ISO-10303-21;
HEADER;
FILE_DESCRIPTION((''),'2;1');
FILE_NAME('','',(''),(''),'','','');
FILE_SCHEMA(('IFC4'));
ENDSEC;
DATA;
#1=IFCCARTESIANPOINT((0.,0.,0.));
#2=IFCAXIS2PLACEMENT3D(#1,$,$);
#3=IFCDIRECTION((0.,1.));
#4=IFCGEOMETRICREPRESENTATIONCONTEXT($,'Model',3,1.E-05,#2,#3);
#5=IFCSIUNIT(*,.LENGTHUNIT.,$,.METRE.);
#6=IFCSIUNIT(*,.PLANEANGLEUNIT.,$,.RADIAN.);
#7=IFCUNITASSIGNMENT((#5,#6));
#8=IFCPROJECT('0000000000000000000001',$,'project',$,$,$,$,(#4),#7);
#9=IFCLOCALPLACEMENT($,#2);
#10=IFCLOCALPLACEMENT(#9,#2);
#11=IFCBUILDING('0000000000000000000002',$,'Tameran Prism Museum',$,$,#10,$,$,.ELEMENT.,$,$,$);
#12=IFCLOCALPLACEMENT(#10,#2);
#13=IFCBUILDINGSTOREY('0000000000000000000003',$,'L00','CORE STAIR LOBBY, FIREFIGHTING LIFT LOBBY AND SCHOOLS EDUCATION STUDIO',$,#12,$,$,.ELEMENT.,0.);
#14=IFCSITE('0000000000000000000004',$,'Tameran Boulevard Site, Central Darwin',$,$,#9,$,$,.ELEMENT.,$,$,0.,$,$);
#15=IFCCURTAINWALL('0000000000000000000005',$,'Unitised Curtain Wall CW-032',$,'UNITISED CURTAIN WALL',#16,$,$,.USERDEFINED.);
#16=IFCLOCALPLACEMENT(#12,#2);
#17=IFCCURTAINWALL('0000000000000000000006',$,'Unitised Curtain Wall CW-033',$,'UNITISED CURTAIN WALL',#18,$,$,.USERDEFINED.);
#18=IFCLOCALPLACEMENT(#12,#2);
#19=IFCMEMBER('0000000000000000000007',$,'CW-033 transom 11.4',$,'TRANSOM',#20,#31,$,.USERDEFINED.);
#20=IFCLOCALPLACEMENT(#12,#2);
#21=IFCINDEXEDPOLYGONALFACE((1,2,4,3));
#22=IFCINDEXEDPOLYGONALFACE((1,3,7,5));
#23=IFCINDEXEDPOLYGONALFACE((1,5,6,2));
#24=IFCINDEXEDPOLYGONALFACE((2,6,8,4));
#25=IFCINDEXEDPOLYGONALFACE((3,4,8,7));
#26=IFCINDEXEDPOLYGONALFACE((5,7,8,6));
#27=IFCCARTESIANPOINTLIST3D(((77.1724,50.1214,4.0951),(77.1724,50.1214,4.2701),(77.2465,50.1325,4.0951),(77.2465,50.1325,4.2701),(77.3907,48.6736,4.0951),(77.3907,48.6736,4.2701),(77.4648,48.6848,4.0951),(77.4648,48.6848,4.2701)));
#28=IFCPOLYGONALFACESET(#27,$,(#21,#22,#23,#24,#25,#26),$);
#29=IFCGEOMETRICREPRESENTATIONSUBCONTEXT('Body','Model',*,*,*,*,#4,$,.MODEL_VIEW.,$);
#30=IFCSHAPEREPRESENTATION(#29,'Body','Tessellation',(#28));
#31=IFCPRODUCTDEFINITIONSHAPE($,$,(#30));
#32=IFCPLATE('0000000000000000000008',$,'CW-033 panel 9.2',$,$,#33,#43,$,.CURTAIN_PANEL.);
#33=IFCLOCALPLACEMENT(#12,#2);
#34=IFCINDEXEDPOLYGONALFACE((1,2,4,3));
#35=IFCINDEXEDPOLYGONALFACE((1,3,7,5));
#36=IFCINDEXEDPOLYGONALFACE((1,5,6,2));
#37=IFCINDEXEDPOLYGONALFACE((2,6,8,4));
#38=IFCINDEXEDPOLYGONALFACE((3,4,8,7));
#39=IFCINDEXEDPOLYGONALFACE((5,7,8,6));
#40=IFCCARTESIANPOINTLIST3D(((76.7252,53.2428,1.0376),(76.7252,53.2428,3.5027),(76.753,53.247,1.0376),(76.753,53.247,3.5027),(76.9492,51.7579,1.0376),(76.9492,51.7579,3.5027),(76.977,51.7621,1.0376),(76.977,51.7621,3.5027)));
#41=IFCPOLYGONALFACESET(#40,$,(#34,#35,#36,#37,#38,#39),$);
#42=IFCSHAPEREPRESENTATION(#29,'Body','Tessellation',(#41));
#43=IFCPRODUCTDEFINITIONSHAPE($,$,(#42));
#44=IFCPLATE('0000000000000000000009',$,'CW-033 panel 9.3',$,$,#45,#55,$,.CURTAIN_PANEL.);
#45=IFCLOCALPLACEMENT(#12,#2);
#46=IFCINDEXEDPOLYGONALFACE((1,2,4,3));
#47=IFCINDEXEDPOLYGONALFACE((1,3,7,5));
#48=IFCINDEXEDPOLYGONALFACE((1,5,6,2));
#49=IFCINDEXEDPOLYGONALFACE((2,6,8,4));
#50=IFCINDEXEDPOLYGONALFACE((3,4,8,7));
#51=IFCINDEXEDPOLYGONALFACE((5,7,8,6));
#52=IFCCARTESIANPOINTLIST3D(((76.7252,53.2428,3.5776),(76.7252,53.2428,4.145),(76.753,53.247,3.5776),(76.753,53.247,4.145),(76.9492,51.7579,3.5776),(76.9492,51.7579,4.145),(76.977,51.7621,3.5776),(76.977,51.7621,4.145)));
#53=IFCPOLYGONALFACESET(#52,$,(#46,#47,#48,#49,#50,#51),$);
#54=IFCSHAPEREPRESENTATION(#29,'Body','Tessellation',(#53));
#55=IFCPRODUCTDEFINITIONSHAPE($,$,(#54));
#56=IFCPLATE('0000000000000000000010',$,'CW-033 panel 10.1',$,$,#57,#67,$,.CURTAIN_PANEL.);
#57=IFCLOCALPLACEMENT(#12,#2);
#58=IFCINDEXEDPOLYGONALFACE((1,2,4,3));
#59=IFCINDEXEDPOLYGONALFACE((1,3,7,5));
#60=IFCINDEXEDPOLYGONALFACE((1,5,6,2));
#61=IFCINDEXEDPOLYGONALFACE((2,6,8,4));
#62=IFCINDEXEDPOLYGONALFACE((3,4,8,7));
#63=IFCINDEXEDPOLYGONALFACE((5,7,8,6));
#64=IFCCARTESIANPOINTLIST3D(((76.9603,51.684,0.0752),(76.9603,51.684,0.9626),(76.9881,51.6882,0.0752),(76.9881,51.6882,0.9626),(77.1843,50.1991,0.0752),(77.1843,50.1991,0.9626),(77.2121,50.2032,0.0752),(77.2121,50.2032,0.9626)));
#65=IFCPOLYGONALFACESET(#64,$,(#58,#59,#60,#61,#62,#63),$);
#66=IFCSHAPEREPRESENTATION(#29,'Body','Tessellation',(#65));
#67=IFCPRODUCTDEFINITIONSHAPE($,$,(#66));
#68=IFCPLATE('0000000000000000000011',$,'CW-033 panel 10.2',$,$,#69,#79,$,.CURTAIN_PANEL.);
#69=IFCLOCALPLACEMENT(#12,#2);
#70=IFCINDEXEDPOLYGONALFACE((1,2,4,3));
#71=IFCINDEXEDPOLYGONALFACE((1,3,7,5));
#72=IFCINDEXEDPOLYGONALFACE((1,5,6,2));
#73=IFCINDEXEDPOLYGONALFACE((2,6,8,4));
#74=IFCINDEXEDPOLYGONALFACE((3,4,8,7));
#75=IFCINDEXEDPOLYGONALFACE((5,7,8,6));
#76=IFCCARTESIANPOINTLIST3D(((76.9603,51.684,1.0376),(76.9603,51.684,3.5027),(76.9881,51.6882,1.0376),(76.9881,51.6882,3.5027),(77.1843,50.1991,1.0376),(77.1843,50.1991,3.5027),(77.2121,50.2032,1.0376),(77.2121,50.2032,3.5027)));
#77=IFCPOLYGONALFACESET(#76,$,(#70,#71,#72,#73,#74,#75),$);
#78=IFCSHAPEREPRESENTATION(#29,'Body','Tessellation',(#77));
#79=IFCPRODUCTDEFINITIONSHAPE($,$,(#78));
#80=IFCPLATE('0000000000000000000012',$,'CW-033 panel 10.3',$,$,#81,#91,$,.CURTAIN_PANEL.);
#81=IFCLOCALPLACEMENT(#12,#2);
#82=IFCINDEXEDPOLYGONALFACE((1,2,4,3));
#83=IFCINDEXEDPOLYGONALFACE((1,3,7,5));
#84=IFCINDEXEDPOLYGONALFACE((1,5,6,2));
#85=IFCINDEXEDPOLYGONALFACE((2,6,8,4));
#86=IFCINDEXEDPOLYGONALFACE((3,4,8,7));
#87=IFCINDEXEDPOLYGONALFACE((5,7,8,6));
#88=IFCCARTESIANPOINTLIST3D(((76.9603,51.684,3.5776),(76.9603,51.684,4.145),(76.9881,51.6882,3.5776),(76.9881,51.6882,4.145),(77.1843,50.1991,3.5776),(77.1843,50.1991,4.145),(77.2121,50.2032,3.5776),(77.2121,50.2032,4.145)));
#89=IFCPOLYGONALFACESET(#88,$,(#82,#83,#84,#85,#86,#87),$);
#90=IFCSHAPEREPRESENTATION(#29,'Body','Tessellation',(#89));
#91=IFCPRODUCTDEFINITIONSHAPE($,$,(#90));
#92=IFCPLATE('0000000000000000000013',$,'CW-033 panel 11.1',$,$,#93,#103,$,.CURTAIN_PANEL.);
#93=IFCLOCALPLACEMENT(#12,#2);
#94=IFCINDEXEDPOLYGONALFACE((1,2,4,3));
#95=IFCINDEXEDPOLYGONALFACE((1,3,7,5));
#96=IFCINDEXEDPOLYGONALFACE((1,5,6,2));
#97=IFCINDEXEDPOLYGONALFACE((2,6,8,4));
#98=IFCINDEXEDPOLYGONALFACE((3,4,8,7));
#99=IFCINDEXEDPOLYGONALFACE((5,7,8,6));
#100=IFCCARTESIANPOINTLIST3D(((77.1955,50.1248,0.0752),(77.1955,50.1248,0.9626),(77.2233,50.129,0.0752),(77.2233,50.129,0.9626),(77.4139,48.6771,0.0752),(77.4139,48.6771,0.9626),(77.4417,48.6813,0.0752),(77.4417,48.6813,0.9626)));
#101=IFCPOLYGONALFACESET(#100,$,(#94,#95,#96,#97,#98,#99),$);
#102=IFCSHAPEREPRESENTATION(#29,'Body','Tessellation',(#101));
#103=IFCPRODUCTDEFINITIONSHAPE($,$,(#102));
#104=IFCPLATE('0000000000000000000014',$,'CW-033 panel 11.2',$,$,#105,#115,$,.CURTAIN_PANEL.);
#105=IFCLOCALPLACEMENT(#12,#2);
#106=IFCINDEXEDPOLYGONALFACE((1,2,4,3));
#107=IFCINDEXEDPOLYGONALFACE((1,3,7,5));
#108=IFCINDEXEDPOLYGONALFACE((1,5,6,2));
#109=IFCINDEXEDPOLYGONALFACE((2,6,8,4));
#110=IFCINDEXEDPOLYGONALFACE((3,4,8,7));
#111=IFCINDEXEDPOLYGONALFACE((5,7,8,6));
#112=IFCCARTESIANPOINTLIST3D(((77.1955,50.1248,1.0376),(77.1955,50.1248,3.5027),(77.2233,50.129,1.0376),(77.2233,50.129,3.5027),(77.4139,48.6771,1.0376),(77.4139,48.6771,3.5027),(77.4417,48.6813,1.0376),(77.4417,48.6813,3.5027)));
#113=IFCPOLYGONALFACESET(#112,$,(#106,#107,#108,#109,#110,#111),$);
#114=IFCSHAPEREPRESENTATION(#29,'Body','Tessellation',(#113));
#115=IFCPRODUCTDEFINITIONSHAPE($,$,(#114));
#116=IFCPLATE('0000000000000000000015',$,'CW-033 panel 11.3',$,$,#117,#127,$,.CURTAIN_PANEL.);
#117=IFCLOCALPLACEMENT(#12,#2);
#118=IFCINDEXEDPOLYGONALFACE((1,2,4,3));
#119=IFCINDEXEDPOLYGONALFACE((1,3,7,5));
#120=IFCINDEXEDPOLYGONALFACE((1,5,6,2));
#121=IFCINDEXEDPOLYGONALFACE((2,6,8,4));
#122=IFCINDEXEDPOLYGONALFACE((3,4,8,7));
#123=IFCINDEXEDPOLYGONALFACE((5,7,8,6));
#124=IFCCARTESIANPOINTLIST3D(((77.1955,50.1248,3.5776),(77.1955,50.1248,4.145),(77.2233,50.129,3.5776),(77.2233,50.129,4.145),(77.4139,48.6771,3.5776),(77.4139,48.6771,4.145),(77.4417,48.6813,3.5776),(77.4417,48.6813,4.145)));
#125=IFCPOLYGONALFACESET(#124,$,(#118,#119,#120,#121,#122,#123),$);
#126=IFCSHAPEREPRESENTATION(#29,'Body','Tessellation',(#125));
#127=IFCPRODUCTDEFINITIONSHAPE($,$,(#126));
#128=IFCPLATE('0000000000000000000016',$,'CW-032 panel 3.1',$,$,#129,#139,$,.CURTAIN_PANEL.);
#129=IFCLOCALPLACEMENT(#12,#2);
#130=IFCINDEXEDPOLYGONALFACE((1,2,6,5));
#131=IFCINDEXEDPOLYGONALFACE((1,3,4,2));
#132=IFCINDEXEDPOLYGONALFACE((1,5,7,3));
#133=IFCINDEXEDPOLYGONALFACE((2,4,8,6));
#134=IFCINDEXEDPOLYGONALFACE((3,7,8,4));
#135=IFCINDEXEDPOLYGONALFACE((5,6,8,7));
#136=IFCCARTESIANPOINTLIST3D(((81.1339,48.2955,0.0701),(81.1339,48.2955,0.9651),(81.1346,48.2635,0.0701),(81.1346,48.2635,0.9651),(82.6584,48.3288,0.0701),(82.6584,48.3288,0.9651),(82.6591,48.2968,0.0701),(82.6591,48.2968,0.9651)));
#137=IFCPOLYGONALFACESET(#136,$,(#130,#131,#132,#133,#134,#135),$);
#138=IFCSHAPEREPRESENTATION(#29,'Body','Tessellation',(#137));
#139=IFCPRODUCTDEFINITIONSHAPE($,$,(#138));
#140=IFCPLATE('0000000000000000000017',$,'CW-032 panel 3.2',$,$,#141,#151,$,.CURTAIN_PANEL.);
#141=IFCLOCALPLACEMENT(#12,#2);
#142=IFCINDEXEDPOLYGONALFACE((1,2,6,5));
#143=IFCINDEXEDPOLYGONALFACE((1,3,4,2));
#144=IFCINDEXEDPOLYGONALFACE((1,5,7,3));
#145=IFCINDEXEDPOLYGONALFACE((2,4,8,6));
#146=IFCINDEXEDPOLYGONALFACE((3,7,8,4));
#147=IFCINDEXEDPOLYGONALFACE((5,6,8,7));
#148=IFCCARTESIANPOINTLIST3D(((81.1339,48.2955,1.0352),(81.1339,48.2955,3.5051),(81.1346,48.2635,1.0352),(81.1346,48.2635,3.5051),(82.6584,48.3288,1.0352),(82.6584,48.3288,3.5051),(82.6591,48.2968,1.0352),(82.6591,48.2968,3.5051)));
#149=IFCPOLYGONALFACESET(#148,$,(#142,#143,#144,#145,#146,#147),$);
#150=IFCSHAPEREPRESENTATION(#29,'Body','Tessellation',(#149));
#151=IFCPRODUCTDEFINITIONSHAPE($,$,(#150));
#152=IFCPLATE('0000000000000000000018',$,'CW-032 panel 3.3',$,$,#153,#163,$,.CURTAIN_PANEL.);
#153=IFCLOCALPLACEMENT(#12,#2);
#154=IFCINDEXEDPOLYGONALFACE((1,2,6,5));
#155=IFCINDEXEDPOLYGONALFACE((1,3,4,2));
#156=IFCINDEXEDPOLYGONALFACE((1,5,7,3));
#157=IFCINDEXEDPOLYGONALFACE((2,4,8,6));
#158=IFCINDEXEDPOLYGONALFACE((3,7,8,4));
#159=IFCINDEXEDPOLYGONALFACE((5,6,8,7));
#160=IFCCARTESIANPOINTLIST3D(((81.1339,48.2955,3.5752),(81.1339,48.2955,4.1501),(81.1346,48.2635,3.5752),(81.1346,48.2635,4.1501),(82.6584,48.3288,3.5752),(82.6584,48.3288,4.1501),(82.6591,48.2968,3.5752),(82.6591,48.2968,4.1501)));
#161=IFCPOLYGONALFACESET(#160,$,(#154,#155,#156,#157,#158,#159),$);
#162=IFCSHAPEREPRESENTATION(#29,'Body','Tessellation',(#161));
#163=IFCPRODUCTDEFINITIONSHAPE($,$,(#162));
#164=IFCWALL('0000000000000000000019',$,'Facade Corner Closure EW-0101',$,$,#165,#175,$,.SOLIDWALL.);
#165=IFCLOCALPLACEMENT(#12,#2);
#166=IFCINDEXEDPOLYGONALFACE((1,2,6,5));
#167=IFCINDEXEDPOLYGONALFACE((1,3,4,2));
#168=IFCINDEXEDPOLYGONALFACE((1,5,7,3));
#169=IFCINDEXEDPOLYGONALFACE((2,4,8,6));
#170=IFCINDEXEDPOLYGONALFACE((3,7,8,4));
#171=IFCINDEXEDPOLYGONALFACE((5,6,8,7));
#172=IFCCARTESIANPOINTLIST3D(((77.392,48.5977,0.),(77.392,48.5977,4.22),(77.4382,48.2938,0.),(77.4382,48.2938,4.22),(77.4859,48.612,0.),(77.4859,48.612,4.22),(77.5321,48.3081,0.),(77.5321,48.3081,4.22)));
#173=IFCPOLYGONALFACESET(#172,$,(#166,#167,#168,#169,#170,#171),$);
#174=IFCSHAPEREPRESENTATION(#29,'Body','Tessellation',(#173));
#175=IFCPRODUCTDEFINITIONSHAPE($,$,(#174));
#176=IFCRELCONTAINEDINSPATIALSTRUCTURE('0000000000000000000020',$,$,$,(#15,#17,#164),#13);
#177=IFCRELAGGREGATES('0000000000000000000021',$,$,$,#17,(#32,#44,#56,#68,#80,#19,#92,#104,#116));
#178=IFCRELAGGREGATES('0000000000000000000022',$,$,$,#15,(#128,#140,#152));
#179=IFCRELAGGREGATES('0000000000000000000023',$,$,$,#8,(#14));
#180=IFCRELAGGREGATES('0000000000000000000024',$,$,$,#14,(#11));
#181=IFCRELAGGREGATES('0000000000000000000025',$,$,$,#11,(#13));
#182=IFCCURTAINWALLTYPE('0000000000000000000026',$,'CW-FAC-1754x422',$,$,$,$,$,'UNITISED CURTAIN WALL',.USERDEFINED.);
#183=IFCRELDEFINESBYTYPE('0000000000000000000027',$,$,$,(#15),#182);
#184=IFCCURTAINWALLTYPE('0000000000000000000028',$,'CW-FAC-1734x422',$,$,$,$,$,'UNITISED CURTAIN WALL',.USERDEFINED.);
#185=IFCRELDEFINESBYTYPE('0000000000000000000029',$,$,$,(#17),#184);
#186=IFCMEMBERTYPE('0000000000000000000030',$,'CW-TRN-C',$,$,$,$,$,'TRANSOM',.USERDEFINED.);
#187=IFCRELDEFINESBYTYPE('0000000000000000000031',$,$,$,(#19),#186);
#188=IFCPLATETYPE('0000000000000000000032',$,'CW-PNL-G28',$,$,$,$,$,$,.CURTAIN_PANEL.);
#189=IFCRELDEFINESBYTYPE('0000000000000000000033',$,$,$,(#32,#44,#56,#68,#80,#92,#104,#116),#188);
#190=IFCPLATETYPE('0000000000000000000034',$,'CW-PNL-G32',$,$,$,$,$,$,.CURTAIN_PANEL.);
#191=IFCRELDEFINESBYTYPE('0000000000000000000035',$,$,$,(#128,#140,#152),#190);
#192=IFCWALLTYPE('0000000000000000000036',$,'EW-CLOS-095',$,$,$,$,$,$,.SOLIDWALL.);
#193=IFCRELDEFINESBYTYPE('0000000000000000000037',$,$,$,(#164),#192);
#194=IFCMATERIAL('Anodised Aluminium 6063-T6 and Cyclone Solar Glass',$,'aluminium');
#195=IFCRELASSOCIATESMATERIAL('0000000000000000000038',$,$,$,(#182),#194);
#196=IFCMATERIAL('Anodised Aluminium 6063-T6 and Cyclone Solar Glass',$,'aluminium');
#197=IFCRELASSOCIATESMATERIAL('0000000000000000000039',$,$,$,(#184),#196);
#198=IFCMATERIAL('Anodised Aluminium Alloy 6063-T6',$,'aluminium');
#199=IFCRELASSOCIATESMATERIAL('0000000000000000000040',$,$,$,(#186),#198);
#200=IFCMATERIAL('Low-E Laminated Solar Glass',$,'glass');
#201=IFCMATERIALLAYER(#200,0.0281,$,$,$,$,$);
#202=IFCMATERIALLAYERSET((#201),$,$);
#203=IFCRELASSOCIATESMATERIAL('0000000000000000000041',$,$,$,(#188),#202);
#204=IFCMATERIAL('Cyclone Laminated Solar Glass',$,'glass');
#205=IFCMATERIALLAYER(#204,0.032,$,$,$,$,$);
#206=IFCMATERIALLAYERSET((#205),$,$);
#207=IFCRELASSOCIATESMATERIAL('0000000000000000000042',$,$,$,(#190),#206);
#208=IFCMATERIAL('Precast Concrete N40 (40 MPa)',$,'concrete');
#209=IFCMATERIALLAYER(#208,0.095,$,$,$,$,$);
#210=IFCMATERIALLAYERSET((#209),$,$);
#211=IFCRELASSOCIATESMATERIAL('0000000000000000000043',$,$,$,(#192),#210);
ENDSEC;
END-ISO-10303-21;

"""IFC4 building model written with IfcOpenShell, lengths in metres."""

from ifc_helpers import new_model, si_unit, direction, frame, frame_2d, origin, origin_2d, place, context, subcontext, project, spatial, rectangle, extrude, material, layer, layer_set, material_profile, profile_set, type_object, element, aggregate, save


model = new_model("IFC4")

# Units and contexts
model_context = context("Model", 3, precision=1e-05, world=origin(), true_north=direction((0.0, 1.0)))
body_context = subcontext(model_context, "Body", "Model", "MODEL_VIEW")
ifc_project = project(units=[si_unit("LENGTHUNIT", "METRE"), si_unit("PLANEANGLEUNIT", "RADIAN")], contexts=[model_context])

# Site, building, storey
site_placement = place(None, origin())
site = spatial("IfcSite", under=ifc_project, at=site_placement, Name="Tameran Boulevard Site, Central Darwin", CompositionType="ELEMENT", RefElevation=0.0)
building_placement = place(site_placement, origin())
building = spatial("IfcBuilding", under=site, at=building_placement, Name="Tameran Prism Museum", CompositionType="ELEMENT")
storey_placement = place(building_placement, origin())
storey = spatial("IfcBuildingStorey", under=building, at=storey_placement, Name="L00", Description="CORE STAIR LOBBY, FIREFIGHTING LIFT LOBBY AND SCHOOLS EDUCATION STUDIO", CompositionType="ELEMENT", Elevation=0.0)

# Curtain wall
ifc_material_1 = material(Name="Anodised Aluminium 6063-T6 and Cyclone Solar Glass", Category="aluminium")
curtain_wall_type_1 = type_object("IfcCurtainWallType", Name="CW-FAC-1754x422", ElementType="UNITISED CURTAIN WALL", PredefinedType="USERDEFINED", material=ifc_material_1)
curtain_wall_1_placement = place(storey_placement, origin())
curtain_wall_1 = element("IfcCurtainWall", 1, at=curtain_wall_1_placement, inside=storey, type_object=curtain_wall_type_1, Name="Unitised Curtain Wall CW-032", ObjectType="UNITISED CURTAIN WALL", PredefinedType="USERDEFINED")

# Curtain wall
ifc_material_2 = material(Name="Anodised Aluminium 6063-T6 and Cyclone Solar Glass", Category="aluminium")
curtain_wall_type_2 = type_object("IfcCurtainWallType", Name="CW-FAC-1734x422", ElementType="UNITISED CURTAIN WALL", PredefinedType="USERDEFINED", material=ifc_material_2)
curtain_wall_2_placement = place(storey_placement, origin())
curtain_wall_2 = element("IfcCurtainWall", 2, at=curtain_wall_2_placement, inside=storey, type_object=curtain_wall_type_2, Name="Unitised Curtain Wall CW-033", ObjectType="UNITISED CURTAIN WALL", PredefinedType="USERDEFINED")

# Member
ifc_material_3 = material(Name="Anodised Aluminium Alloy 6063-T6", Category="aluminium")
ifc_material_profile_1 = material_profile(ifc_material_3, rectangle(XDim=0.075, YDim=0.175, at=origin_2d()))
ifc_profile_set_1 = profile_set([ifc_material_profile_1])
member_type_1 = type_object("IfcMemberType", Name="CW-TRN-C", ElementType="TRANSOM", PredefinedType="USERDEFINED", material=ifc_profile_set_1)
member_1_placement = place(storey_placement, frame((77.2095, 50.127, 4.1826), z_axis=(0.149074, -0.988826, 0.0), x_axis=(0.988826, 0.149074, 0.0)))
member_1 = element("IfcMember", 3, at=member_1_placement, type_object=member_type_1, Name="CW-033 transom 11.4", ObjectType="TRANSOM", PredefinedType="USERDEFINED", context=body_context, shape_type="SweptSolid", body=[
    extrude(rectangle(XDim=0.075, YDim=0.175, at=origin_2d()), origin(), (0.0, 0.0, 1.0), 1.4641),
])

# Plates
ifc_material_4 = material(Name="Low-E Laminated Solar Glass", Category="glass")
ifc_layer_1 = layer(ifc_material_4, 0.0281)
ifc_layer_set_1 = layer_set([ifc_layer_1])
plate_type_1 = type_object("IfcPlateType", Name="CW-PNL-G28", PredefinedType="CURTAIN_PANEL", material=ifc_layer_set_1)
plate_1_placement = place(storey_placement, frame((76.8511, 52.5024, 1.0376), z_axis=(0.0, 0.0, 1.0), x_axis=(0.149167, -0.988812, 0.0)))
plate_1 = element("IfcPlate", 4, at=plate_1_placement, type_object=plate_type_1, Name="CW-033 panel 9.2", PredefinedType="CURTAIN_PANEL", context=body_context, shape_type="SweptSolid", body=[
    extrude(rectangle(XDim=1.5017, YDim=0.0281, at=origin_2d()), origin(), (0.0, 0.0, 1.0), 2.4651),
])
plate_2_placement = place(storey_placement, frame((76.8511, 52.5024, 3.5776), z_axis=(0.0, 0.0, 1.0), x_axis=(0.149167, -0.988812, 0.0)))
plate_2 = element("IfcPlate", 5, at=plate_2_placement, type_object=plate_type_1, Name="CW-033 panel 9.3", PredefinedType="CURTAIN_PANEL", context=body_context, shape_type="SweptSolid", body=[
    extrude(rectangle(XDim=1.5017, YDim=0.0281, at=origin_2d()), origin(), (0.0, 0.0, 1.0), 0.5674),
])
plate_3_placement = place(storey_placement, frame((77.0862, 50.9436, 0.0752), z_axis=(0.0, 0.0, 1.0), x_axis=(0.149167, -0.988812, 0.0)))
plate_3 = element("IfcPlate", 6, at=plate_3_placement, type_object=plate_type_1, Name="CW-033 panel 10.1", PredefinedType="CURTAIN_PANEL", context=body_context, shape_type="SweptSolid", body=[
    extrude(rectangle(XDim=1.5017, YDim=0.0281, at=origin_2d()), origin(), (0.0, 0.0, 1.0), 0.8875),
])
plate_4_placement = place(storey_placement, frame((77.0862, 50.9436, 1.0376), z_axis=(0.0, 0.0, 1.0), x_axis=(0.149167, -0.988812, 0.0)))
plate_4 = element("IfcPlate", 7, at=plate_4_placement, type_object=plate_type_1, Name="CW-033 panel 10.2", PredefinedType="CURTAIN_PANEL", context=body_context, shape_type="SweptSolid", body=[
    extrude(rectangle(XDim=1.5017, YDim=0.0281, at=origin_2d()), origin(), (0.0, 0.0, 1.0), 2.4651),
])
plate_5_placement = place(storey_placement, frame((77.0862, 50.9436, 3.5776), z_axis=(0.0, 0.0, 1.0), x_axis=(0.149167, -0.988812, 0.0)))
plate_5 = element("IfcPlate", 8, at=plate_5_placement, type_object=plate_type_1, Name="CW-033 panel 10.3", PredefinedType="CURTAIN_PANEL", context=body_context, shape_type="SweptSolid", body=[
    extrude(rectangle(XDim=1.5017, YDim=0.0281, at=origin_2d()), origin(), (0.0, 0.0, 1.0), 0.5674),
])
plate_6_placement = place(storey_placement, frame((77.3186, 49.4031, 0.0752), z_axis=(0.0, 0.0, 1.0), x_axis=(0.149167, -0.988812, 0.0)))
plate_6 = element("IfcPlate", 9, at=plate_6_placement, type_object=plate_type_1, Name="CW-033 panel 11.1", PredefinedType="CURTAIN_PANEL", context=body_context, shape_type="SweptSolid", body=[
    extrude(rectangle(XDim=1.4641, YDim=0.0281, at=origin_2d()), origin(), (0.0, 0.0, 1.0), 0.8875),
])
plate_7_placement = place(storey_placement, frame((77.3186, 49.4031, 1.0376), z_axis=(0.0, 0.0, 1.0), x_axis=(0.149167, -0.988812, 0.0)))
plate_7 = element("IfcPlate", 10, at=plate_7_placement, type_object=plate_type_1, Name="CW-033 panel 11.2", PredefinedType="CURTAIN_PANEL", context=body_context, shape_type="SweptSolid", body=[
    extrude(rectangle(XDim=1.4641, YDim=0.0281, at=origin_2d()), origin(), (0.0, 0.0, 1.0), 2.4651),
])
plate_8_placement = place(storey_placement, frame((77.3186, 49.4031, 3.5776), z_axis=(0.0, 0.0, 1.0), x_axis=(0.149167, -0.988812, 0.0)))
plate_8 = element("IfcPlate", 11, at=plate_8_placement, type_object=plate_type_1, Name="CW-033 panel 11.3", PredefinedType="CURTAIN_PANEL", context=body_context, shape_type="SweptSolid", body=[
    extrude(rectangle(XDim=1.4641, YDim=0.0281, at=origin_2d()), origin(), (0.0, 0.0, 1.0), 0.5674),
])
aggregate(curtain_wall_2, [plate_1, plate_2, plate_3, plate_4, plate_5, member_1, plate_6, plate_7, plate_8])
ifc_material_5 = material(Name="Cyclone Laminated Solar Glass", Category="glass")
ifc_layer_2 = layer(ifc_material_5, 0.032)
ifc_layer_set_2 = layer_set([ifc_layer_2])
plate_type_2 = type_object("IfcPlateType", Name="CW-PNL-G32", PredefinedType="CURTAIN_PANEL", material=ifc_layer_set_2)
plate_9_placement = place(storey_placement, frame((81.8965, 48.2961, 0.0701), z_axis=(0.0, 0.0, 1.0), x_axis=(0.999762, 0.021831, 0.0)))
plate_9 = element("IfcPlate", 12, at=plate_9_placement, type_object=plate_type_2, Name="CW-032 panel 3.1", PredefinedType="CURTAIN_PANEL", context=body_context, shape_type="SweptSolid", body=[
    extrude(rectangle(XDim=1.5249, YDim=0.032, at=origin_2d()), origin(), (0.0, 0.0, 1.0), 0.895),
])
plate_10_placement = place(storey_placement, frame((81.8965, 48.2961, 1.0352), z_axis=(0.0, 0.0, 1.0), x_axis=(0.999762, 0.021831, 0.0)))
plate_10 = element("IfcPlate", 13, at=plate_10_placement, type_object=plate_type_2, Name="CW-032 panel 3.2", PredefinedType="CURTAIN_PANEL", context=body_context, shape_type="SweptSolid", body=[
    extrude(rectangle(XDim=1.5249, YDim=0.032, at=origin_2d()), origin(), (0.0, 0.0, 1.0), 2.47),
])
plate_11_placement = place(storey_placement, frame((81.8965, 48.2961, 3.5752), z_axis=(0.0, 0.0, 1.0), x_axis=(0.999762, 0.021831, 0.0)))
plate_11 = element("IfcPlate", 14, at=plate_11_placement, type_object=plate_type_2, Name="CW-032 panel 3.3", PredefinedType="CURTAIN_PANEL", context=body_context, shape_type="SweptSolid", body=[
    extrude(rectangle(XDim=1.5249, YDim=0.032, at=origin_2d()), origin(), (0.0, 0.0, 1.0), 0.575),
])
aggregate(curtain_wall_1, [plate_9, plate_10, plate_11])

# Wall
ifc_material_6 = material(Name="Precast Concrete N40 (40 MPa)", Category="concrete")
ifc_layer_3 = layer(ifc_material_6, 0.095)
ifc_layer_set_3 = layer_set([ifc_layer_3])
wall_type = type_object("IfcWallType", Name="EW-CLOS-095", PredefinedType="SOLIDWALL", material=ifc_layer_set_3)
wall_placement = place(storey_placement, frame((77.439, 48.605, 0.0), z_axis=(0.0, 0.0, 1.0), x_axis=(0.150088, -0.988673, 0.0)))
element("IfcWall", 15, at=wall_placement, inside=storey, type_object=wall_type, Name="Facade Corner Closure EW-0101", PredefinedType="SOLIDWALL", context=body_context, shape_type="SweptSolid", body=[
    extrude(rectangle(XDim=0.3074, YDim=0.095, at=frame_2d((0.1538, 0.0))), origin(), (0.0, 0.0, 1.0), 4.22),
])

save(model, "model.ifc")
